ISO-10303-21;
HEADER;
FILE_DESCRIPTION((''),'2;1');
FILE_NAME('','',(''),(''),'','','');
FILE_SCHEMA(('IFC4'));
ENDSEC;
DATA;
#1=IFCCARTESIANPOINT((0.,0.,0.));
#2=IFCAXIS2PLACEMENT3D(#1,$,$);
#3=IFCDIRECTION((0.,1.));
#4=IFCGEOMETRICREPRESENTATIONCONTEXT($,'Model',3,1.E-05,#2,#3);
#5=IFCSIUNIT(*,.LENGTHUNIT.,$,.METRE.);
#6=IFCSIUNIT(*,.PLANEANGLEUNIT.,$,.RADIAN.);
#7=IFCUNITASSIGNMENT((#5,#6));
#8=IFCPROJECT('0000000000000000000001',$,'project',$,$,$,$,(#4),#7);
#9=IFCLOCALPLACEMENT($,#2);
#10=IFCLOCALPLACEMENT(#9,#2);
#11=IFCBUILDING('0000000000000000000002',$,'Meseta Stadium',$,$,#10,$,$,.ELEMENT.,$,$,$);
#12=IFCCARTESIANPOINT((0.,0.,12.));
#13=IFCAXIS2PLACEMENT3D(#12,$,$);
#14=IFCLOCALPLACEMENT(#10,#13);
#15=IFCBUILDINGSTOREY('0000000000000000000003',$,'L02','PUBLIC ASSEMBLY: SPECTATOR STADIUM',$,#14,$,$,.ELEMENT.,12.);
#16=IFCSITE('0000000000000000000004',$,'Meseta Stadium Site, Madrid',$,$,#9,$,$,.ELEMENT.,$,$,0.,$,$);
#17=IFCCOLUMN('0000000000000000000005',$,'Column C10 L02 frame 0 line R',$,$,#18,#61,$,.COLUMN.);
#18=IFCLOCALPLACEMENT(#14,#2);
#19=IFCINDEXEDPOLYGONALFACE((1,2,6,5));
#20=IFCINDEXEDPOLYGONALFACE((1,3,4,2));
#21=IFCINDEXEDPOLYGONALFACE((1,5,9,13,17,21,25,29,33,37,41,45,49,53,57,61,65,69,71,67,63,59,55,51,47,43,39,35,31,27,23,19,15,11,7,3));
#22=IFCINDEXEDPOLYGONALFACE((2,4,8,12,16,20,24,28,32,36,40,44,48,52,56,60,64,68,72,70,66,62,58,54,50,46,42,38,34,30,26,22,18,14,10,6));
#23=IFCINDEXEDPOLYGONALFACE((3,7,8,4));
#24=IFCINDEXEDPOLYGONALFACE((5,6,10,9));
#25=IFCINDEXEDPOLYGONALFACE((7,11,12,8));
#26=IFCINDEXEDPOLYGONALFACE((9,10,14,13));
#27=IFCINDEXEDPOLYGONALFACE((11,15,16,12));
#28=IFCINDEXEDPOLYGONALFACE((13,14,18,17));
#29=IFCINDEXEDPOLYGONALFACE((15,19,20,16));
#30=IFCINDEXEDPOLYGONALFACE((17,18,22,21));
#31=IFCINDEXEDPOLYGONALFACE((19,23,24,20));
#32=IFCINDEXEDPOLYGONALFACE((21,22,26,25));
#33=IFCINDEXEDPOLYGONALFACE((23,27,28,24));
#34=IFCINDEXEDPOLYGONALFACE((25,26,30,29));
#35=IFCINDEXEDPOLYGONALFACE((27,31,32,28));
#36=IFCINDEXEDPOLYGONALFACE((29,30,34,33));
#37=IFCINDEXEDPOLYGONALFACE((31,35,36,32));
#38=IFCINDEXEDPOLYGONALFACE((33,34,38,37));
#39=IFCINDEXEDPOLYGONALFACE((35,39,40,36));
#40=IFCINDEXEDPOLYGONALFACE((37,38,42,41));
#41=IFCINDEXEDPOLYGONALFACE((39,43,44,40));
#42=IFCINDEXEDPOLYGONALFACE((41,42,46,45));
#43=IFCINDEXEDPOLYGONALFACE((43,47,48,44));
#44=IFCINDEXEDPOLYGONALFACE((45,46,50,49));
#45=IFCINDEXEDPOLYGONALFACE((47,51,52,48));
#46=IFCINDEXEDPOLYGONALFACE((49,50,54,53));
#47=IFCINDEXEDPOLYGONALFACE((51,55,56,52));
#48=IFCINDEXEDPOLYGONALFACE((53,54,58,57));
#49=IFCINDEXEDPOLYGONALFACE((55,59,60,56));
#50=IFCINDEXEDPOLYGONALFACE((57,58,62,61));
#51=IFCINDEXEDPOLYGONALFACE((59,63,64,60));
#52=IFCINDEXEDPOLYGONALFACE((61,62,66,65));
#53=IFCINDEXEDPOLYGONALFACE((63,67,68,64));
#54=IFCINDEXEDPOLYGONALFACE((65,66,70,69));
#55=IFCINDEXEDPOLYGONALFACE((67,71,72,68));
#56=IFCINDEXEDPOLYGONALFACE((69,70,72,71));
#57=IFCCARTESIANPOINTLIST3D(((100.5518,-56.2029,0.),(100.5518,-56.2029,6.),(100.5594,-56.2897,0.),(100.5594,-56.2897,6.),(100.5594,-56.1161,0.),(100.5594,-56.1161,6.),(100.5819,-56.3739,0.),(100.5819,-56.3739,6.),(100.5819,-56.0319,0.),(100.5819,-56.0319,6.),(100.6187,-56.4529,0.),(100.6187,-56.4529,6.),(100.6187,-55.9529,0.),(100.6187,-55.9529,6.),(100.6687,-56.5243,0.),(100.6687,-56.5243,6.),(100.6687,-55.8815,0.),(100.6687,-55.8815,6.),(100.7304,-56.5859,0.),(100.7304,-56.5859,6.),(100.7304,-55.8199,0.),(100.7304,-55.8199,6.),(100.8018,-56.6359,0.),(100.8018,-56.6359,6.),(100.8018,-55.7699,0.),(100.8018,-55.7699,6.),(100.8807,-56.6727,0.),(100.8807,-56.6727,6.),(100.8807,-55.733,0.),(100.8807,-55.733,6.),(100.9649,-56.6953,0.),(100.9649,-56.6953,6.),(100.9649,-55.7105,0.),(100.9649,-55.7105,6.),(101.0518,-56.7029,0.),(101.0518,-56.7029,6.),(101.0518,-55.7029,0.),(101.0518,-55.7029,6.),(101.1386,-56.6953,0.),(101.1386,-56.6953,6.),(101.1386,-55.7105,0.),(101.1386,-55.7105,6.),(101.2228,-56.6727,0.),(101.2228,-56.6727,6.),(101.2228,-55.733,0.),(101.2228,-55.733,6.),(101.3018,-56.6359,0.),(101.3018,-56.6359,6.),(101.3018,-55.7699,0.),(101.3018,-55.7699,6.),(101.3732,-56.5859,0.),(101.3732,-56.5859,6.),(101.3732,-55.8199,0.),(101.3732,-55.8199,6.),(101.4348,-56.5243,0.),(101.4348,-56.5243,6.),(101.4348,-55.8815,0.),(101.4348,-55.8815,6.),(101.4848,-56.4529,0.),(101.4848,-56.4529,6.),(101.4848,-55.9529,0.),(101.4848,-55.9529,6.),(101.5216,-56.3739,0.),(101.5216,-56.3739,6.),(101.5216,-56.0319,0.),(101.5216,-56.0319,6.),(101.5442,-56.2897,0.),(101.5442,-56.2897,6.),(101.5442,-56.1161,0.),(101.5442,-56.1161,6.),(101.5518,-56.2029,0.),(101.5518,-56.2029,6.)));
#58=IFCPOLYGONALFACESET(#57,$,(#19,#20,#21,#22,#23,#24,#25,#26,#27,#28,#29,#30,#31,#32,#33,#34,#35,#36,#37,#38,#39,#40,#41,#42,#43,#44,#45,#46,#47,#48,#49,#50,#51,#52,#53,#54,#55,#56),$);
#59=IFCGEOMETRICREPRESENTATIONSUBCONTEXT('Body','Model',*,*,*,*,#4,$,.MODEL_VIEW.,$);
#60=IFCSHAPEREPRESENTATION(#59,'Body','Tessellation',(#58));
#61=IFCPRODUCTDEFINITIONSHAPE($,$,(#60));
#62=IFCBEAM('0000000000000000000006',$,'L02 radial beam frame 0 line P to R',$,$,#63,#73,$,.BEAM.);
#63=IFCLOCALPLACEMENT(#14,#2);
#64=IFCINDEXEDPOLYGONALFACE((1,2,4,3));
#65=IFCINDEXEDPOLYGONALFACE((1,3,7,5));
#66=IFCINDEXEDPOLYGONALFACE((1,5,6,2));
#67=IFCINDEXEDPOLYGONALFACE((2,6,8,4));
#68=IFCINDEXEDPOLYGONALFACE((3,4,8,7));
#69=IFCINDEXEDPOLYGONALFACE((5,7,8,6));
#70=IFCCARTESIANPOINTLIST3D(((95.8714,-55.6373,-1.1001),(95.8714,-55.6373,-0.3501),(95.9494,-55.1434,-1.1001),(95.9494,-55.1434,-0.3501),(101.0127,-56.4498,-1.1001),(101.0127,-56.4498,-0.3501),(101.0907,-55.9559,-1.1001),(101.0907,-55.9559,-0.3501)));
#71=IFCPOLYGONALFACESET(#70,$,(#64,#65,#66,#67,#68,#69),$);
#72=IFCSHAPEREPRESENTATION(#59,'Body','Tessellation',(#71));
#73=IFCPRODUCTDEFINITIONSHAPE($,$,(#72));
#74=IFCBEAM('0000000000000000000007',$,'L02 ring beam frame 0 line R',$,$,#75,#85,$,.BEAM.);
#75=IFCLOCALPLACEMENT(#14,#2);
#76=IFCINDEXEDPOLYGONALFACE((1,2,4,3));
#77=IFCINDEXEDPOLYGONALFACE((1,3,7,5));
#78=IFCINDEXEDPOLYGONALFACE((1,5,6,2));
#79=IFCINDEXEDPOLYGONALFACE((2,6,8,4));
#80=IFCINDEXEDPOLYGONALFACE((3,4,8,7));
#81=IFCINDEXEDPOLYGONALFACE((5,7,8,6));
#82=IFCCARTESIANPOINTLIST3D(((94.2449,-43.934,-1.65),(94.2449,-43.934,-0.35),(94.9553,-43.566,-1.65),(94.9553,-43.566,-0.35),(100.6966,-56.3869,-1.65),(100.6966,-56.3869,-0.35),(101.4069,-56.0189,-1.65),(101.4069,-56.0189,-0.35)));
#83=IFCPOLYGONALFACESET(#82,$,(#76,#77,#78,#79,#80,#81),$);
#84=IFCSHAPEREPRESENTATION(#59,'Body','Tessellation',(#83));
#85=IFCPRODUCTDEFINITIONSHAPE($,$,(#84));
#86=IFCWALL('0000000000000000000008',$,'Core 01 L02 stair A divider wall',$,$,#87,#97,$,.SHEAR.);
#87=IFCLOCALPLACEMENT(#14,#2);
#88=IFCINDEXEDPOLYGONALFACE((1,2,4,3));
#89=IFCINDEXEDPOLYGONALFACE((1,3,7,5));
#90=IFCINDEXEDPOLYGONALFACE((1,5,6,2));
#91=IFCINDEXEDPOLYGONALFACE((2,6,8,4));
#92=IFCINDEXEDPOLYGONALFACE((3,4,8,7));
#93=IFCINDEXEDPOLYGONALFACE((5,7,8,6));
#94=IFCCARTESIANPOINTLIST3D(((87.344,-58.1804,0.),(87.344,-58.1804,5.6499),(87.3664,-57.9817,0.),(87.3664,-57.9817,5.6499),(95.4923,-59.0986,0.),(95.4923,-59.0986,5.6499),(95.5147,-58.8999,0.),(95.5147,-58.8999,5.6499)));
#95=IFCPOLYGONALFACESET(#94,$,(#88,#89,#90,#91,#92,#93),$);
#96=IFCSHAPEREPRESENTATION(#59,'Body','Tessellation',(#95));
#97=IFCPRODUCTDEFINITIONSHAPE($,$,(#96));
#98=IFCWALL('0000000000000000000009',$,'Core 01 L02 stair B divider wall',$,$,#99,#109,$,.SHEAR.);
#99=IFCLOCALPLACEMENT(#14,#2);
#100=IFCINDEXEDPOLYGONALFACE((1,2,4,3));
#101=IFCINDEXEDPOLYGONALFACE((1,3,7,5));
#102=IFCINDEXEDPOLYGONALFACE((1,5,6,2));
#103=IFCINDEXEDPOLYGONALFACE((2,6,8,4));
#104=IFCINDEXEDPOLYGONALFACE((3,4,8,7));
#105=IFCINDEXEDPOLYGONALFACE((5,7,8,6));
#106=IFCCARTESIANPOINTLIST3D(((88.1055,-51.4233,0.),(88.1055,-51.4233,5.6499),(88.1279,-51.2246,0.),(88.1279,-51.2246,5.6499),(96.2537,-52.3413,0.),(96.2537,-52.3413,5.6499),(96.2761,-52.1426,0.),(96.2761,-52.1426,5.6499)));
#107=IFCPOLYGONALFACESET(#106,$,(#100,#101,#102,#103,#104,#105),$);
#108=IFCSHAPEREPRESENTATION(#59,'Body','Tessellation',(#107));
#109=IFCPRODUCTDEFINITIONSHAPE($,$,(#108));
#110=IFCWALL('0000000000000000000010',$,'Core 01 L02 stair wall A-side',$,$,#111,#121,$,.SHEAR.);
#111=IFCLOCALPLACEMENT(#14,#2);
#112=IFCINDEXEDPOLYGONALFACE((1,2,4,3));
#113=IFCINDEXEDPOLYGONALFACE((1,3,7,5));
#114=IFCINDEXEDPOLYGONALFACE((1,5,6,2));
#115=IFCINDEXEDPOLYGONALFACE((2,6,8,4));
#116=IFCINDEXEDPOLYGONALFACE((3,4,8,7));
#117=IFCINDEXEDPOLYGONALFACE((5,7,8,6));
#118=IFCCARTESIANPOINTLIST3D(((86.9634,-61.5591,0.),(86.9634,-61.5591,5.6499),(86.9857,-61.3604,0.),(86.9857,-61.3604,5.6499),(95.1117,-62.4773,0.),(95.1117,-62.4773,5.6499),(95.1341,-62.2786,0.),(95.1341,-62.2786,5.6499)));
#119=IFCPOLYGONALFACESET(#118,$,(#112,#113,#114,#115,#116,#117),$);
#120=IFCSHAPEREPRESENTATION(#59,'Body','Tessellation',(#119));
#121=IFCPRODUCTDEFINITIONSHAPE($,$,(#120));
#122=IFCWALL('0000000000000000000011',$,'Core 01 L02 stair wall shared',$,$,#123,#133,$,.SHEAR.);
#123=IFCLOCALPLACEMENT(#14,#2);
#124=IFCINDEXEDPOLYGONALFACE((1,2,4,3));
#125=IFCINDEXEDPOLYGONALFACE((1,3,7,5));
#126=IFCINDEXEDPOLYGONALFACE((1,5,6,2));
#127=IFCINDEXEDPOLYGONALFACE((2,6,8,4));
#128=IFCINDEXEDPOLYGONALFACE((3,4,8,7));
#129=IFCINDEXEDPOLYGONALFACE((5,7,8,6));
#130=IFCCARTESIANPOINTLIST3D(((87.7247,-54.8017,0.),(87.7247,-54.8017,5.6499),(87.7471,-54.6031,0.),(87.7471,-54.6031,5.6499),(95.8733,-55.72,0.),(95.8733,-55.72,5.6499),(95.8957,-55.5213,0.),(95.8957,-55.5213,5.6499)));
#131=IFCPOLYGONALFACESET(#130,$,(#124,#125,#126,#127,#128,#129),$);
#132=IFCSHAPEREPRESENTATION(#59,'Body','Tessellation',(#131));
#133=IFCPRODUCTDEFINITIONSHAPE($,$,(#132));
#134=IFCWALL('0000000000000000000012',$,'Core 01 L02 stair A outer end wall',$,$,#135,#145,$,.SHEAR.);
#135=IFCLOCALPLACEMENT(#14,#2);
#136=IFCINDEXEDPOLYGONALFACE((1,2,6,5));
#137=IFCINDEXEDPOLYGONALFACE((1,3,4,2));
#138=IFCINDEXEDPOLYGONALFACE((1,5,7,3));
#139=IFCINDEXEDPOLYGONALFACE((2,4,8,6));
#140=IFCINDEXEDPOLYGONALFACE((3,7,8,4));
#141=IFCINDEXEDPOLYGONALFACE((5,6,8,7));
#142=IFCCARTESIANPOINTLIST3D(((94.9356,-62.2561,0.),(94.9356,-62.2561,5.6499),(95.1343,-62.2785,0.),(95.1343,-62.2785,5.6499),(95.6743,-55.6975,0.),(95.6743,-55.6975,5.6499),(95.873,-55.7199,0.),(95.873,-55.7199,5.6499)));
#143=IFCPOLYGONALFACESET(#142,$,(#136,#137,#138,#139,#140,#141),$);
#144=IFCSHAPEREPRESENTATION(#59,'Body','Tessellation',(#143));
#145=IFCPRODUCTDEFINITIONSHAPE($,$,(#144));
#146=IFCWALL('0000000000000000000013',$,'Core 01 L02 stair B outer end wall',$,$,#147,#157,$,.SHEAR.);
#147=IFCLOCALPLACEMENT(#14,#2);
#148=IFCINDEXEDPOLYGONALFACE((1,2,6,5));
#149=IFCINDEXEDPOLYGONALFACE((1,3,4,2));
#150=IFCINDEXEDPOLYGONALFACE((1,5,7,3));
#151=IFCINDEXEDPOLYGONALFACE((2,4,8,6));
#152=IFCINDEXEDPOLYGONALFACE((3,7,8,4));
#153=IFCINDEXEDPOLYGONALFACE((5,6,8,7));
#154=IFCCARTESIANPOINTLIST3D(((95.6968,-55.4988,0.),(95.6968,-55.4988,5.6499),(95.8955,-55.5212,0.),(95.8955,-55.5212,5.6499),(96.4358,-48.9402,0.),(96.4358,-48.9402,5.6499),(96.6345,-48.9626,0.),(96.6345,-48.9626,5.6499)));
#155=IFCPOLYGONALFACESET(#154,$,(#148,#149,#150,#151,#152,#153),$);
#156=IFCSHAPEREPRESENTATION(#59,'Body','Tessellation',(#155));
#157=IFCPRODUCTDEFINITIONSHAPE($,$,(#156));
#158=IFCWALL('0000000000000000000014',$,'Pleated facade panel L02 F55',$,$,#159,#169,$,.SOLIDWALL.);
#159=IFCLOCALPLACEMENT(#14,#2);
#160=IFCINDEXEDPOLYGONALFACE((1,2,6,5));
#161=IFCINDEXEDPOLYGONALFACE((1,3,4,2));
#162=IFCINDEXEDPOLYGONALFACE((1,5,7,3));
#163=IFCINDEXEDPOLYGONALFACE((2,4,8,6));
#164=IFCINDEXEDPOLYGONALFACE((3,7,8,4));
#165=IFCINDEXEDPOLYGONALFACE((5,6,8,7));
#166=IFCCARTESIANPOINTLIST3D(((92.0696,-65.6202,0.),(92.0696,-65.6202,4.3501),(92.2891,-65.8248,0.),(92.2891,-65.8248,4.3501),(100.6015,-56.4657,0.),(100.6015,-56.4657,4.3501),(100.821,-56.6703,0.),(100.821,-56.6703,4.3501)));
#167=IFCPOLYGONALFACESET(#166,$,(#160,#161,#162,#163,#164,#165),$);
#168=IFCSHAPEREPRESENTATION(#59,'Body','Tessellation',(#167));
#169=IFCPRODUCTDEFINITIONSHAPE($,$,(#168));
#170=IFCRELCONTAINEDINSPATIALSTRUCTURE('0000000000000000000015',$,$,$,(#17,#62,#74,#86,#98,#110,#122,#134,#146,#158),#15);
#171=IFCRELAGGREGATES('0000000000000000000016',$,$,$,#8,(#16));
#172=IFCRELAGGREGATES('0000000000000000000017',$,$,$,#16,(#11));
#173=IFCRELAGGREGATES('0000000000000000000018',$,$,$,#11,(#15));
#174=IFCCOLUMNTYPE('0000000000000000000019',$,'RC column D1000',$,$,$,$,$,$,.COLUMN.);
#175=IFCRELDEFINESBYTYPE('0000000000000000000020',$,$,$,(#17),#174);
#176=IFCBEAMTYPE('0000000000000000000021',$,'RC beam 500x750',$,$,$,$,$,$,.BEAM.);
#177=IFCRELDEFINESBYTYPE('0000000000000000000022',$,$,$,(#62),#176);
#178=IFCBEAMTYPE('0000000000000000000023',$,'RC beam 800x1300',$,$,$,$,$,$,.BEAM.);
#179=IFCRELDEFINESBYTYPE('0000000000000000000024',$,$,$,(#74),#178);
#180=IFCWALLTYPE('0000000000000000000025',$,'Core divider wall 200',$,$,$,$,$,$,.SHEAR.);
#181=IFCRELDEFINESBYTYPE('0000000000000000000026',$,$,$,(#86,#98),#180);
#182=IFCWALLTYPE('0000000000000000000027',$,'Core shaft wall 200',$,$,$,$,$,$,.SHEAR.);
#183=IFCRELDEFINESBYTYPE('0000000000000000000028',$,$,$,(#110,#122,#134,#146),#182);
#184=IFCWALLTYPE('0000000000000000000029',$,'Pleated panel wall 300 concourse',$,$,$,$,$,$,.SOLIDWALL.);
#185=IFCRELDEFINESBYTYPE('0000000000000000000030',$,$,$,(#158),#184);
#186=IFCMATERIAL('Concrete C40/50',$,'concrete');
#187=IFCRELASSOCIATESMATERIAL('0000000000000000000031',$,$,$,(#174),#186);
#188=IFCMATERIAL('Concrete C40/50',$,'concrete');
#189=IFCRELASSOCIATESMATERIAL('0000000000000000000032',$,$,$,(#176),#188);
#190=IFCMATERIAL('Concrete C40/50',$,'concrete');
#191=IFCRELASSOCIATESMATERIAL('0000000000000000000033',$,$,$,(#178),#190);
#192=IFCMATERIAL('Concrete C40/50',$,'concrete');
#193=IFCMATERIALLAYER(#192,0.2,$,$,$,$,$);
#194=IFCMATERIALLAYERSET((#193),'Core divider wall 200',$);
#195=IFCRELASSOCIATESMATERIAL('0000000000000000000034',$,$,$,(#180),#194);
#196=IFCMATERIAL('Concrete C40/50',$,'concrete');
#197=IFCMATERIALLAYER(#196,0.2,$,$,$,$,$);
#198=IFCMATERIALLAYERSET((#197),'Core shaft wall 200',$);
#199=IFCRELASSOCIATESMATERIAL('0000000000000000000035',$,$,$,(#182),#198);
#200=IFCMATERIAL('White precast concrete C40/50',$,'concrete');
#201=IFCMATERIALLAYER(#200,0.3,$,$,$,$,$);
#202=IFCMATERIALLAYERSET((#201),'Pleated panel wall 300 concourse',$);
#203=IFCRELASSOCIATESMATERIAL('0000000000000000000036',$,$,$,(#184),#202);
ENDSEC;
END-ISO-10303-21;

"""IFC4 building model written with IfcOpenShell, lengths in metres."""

from ifc_helpers import new_model, si_unit, direction, frame, frame_2d, origin, origin_2d, place, context, subcontext, project, spatial, rectangle, circle, extrude, material, layer, layer_set, material_profile, profile_set, type_object, element, save


model = new_model("IFC4")

# Units and contexts
model_context = context("Model", 3, precision=1e-05, world=origin(), true_north=direction((0.0, 1.0)))
body_context = subcontext(model_context, "Body", "Model", "MODEL_VIEW")
ifc_project = project(units=[si_unit("LENGTHUNIT", "METRE"), si_unit("PLANEANGLEUNIT", "RADIAN")], contexts=[model_context])

# Site, building, storey
site_placement = place(None, origin())
site = spatial("IfcSite", under=ifc_project, at=site_placement, Name="Meseta Stadium Site, Madrid", CompositionType="ELEMENT", RefElevation=0.0)
building_placement = place(site_placement, origin())
building = spatial("IfcBuilding", under=site, at=building_placement, Name="Meseta Stadium", CompositionType="ELEMENT")
storey_placement = place(building_placement, frame((0.0, 0.0, 12.0)))
storey = spatial("IfcBuildingStorey", under=building, at=storey_placement, Name="L02", Description="PUBLIC ASSEMBLY: SPECTATOR STADIUM", CompositionType="ELEMENT", Elevation=12.0)

# Column
ifc_material_1 = material(Name="Concrete C40/50", Category="concrete")
ifc_material_profile_1 = material_profile(ifc_material_1, circle(Radius=0.5, at=origin_2d()), Name="RC D1000")
ifc_profile_set_1 = profile_set([ifc_material_profile_1], Name="Concrete C40/50")
column_type = type_object("IfcColumnType", Name="RC column D1000", PredefinedType="COLUMN", material=ifc_profile_set_1)
column_placement = place(storey_placement, frame((101.0518, -56.2029, 0.0), z_axis=(0.0, 0.0, 1.0), x_axis=(1.0, 0.0, 0.0)))
element("IfcColumn", 1, at=column_placement, inside=storey, type_object=column_type, Name="Column C10 L02 frame 0 line R", PredefinedType="COLUMN", context=body_context, shape_type="SweptSolid", body=[
    extrude(circle(Radius=0.5, at=origin_2d()), origin(), (0.0, 0.0, 1.0), 6.0),
])

# Beams
ifc_material_2 = material(Name="Concrete C40/50", Category="concrete")
ifc_material_profile_2 = material_profile(ifc_material_2, rectangle(XDim=0.5, YDim=0.75, at=origin_2d()), Name="RC 500x750")
ifc_profile_set_2 = profile_set([ifc_material_profile_2], Name="Concrete C40/50")
beam_type_1 = type_object("IfcBeamType", Name="RC beam 500x750", PredefinedType="BEAM", material=ifc_profile_set_2)
beam_1_placement = place(storey_placement, frame((95.9104, -55.3904, -0.7251), z_axis=(0.987742, -0.156095, 0.0), x_axis=(0.156095, 0.987742, 0.0)))
element("IfcBeam", 2, at=beam_1_placement, inside=storey, type_object=beam_type_1, Name="L02 radial beam frame 0 line P to R", PredefinedType="BEAM", context=body_context, shape_type="SweptSolid", body=[
    extrude(rectangle(XDim=0.5, YDim=0.75, at=origin_2d()), origin(), (0.0, 0.0, 1.0), 5.2051),
])
ifc_material_3 = material(Name="Concrete C40/50", Category="concrete")
ifc_material_profile_3 = material_profile(ifc_material_3, rectangle(XDim=0.8, YDim=1.3, at=origin_2d()), Name="RC 800x1300")
ifc_profile_set_3 = profile_set([ifc_material_profile_3], Name="Concrete C40/50")
beam_type_2 = type_object("IfcBeamType", Name="RC beam 800x1300", PredefinedType="BEAM", material=ifc_profile_set_3)
beam_2_placement = place(storey_placement, frame((101.0518, -56.2029, -1.0), z_axis=(-0.460014, 0.887912, 0.0), x_axis=(-0.887912, -0.460014, 0.0)))
element("IfcBeam", 3, at=beam_2_placement, inside=storey, type_object=beam_type_2, Name="L02 ring beam frame 0 line R", PredefinedType="BEAM", context=body_context, shape_type="SweptSolid", body=[
    extrude(rectangle(XDim=0.8, YDim=1.3, at=origin_2d()), origin(), (0.0, 0.0, 1.0), 14.0249),
])

# Walls
ifc_material_4 = material(Name="Concrete C40/50", Category="concrete")
ifc_layer_1 = layer(ifc_material_4, 0.2)
ifc_layer_set_1 = layer_set([ifc_layer_1], Name="Core divider wall 200")
wall_type_1 = type_object("IfcWallType", Name="Core divider wall 200", PredefinedType="SHEAR", material=ifc_layer_set_1)
wall_1_placement = place(storey_placement, frame((95.5037, -58.9993, 0.0), z_axis=(0.0, 0.0, 1.0), x_axis=(-0.993711, 0.111977, 0.0)))
element("IfcWall", 4, at=wall_1_placement, inside=storey, type_object=wall_type_1, Name="Core 01 L02 stair A divider wall", PredefinedType="SHEAR", context=body_context, shape_type="SweptSolid", body=[
    extrude(rectangle(XDim=8.2, YDim=0.2, at=frame_2d((4.1001, 0.0))), origin(), (0.0, 0.0, 1.0), 5.6499),
])
wall_2_placement = place(storey_placement, frame((96.2649, -52.2419, 0.0), z_axis=(0.0, 0.0, 1.0), x_axis=(-0.993714, 0.111951, 0.0)))
element("IfcWall", 5, at=wall_2_placement, inside=storey, type_object=wall_type_1, Name="Core 01 L02 stair B divider wall", PredefinedType="SHEAR", context=body_context, shape_type="SweptSolid", body=[
    extrude(rectangle(XDim=8.1997, YDim=0.2, at=frame_2d((4.0999, 0.0))), origin(), (0.0, 0.0, 1.0), 5.6499),
])
ifc_material_5 = material(Name="Concrete C40/50", Category="concrete")
ifc_layer_2 = layer(ifc_material_5, 0.2)
ifc_layer_set_2 = layer_set([ifc_layer_2], Name="Core shaft wall 200")
wall_type_2 = type_object("IfcWallType", Name="Core shaft wall 200", PredefinedType="SHEAR", material=ifc_layer_set_2)
wall_3_placement = place(storey_placement, frame((95.123, -62.3779, 0.0), z_axis=(0.0, 0.0, 1.0), x_axis=(-0.993711, 0.111977, 0.0)))
element("IfcWall", 6, at=wall_3_placement, inside=storey, type_object=wall_type_2, Name="Core 01 L02 stair wall A-side", PredefinedType="SHEAR", context=body_context, shape_type="SweptSolid", body=[
    extrude(rectangle(XDim=8.2, YDim=0.2, at=frame_2d((4.1001, 0.0))), origin(), (0.0, 0.0, 1.0), 5.6499),
])
wall_4_placement = place(storey_placement, frame((95.8845, -55.6206, 0.0), z_axis=(0.0, 0.0, 1.0), x_axis=(-0.993711, 0.111974, 0.0)))
element("IfcWall", 7, at=wall_4_placement, inside=storey, type_object=wall_type_2, Name="Core 01 L02 stair wall shared", PredefinedType="SHEAR", context=body_context, shape_type="SweptSolid", body=[
    extrude(rectangle(XDim=8.2002, YDim=0.2, at=frame_2d((4.1001, 0.0))), origin(), (0.0, 0.0, 1.0), 5.6499),
])
for number, where, z_axis, x_axis, name in (
    (8, (95.0349, -62.2673, 0.0), (0.0, 0.0, 1.0), (0.111934, 0.993716, 0.0), "Core 01 L02 stair A outer end wall"),
    (9, (95.7961, -55.51, 0.0), (0.0, 0.0, 1.0), (0.11197, 0.993712, 0.0), "Core 01 L02 stair B outer end wall"),
):
    element("IfcWall", number, at=place(storey_placement, frame(where, z_axis=z_axis, x_axis=x_axis)), inside=storey, type_object=wall_type_2, Name=name, PredefinedType="SHEAR", context=body_context, shape_type="SweptSolid", body=[
        extrude(rectangle(XDim=6.6001, YDim=0.2, at=frame_2d((3.3, 0.0))), origin(), (0.0, 0.0, 1.0), 5.6499),
    ])
ifc_material_6 = material(Name="White precast concrete C40/50", Category="concrete")
ifc_layer_3 = layer(ifc_material_6, 0.3)
ifc_layer_set_3 = layer_set([ifc_layer_3], Name="Pleated panel wall 300 concourse")
wall_type_3 = type_object("IfcWallType", Name="Pleated panel wall 300 concourse", PredefinedType="SOLIDWALL", material=ifc_layer_set_3)
wall_5_placement = place(storey_placement, frame((100.7112, -56.5681, 0.0), z_axis=(0.0, 0.0, 1.0), x_axis=(-0.681795, -0.731544, 0.0)))
element("IfcWall", 10, at=wall_5_placement, inside=storey, type_object=wall_type_3, Name="Pleated facade panel L02 F55", PredefinedType="SOLIDWALL", context=body_context, shape_type="SweptSolid", body=[
    extrude(rectangle(XDim=12.5139, YDim=0.3, at=frame_2d((6.2568, 0.0))), origin(), (0.0, 0.0, 1.0), 4.3501),
])

save(model, "model.ifc")
